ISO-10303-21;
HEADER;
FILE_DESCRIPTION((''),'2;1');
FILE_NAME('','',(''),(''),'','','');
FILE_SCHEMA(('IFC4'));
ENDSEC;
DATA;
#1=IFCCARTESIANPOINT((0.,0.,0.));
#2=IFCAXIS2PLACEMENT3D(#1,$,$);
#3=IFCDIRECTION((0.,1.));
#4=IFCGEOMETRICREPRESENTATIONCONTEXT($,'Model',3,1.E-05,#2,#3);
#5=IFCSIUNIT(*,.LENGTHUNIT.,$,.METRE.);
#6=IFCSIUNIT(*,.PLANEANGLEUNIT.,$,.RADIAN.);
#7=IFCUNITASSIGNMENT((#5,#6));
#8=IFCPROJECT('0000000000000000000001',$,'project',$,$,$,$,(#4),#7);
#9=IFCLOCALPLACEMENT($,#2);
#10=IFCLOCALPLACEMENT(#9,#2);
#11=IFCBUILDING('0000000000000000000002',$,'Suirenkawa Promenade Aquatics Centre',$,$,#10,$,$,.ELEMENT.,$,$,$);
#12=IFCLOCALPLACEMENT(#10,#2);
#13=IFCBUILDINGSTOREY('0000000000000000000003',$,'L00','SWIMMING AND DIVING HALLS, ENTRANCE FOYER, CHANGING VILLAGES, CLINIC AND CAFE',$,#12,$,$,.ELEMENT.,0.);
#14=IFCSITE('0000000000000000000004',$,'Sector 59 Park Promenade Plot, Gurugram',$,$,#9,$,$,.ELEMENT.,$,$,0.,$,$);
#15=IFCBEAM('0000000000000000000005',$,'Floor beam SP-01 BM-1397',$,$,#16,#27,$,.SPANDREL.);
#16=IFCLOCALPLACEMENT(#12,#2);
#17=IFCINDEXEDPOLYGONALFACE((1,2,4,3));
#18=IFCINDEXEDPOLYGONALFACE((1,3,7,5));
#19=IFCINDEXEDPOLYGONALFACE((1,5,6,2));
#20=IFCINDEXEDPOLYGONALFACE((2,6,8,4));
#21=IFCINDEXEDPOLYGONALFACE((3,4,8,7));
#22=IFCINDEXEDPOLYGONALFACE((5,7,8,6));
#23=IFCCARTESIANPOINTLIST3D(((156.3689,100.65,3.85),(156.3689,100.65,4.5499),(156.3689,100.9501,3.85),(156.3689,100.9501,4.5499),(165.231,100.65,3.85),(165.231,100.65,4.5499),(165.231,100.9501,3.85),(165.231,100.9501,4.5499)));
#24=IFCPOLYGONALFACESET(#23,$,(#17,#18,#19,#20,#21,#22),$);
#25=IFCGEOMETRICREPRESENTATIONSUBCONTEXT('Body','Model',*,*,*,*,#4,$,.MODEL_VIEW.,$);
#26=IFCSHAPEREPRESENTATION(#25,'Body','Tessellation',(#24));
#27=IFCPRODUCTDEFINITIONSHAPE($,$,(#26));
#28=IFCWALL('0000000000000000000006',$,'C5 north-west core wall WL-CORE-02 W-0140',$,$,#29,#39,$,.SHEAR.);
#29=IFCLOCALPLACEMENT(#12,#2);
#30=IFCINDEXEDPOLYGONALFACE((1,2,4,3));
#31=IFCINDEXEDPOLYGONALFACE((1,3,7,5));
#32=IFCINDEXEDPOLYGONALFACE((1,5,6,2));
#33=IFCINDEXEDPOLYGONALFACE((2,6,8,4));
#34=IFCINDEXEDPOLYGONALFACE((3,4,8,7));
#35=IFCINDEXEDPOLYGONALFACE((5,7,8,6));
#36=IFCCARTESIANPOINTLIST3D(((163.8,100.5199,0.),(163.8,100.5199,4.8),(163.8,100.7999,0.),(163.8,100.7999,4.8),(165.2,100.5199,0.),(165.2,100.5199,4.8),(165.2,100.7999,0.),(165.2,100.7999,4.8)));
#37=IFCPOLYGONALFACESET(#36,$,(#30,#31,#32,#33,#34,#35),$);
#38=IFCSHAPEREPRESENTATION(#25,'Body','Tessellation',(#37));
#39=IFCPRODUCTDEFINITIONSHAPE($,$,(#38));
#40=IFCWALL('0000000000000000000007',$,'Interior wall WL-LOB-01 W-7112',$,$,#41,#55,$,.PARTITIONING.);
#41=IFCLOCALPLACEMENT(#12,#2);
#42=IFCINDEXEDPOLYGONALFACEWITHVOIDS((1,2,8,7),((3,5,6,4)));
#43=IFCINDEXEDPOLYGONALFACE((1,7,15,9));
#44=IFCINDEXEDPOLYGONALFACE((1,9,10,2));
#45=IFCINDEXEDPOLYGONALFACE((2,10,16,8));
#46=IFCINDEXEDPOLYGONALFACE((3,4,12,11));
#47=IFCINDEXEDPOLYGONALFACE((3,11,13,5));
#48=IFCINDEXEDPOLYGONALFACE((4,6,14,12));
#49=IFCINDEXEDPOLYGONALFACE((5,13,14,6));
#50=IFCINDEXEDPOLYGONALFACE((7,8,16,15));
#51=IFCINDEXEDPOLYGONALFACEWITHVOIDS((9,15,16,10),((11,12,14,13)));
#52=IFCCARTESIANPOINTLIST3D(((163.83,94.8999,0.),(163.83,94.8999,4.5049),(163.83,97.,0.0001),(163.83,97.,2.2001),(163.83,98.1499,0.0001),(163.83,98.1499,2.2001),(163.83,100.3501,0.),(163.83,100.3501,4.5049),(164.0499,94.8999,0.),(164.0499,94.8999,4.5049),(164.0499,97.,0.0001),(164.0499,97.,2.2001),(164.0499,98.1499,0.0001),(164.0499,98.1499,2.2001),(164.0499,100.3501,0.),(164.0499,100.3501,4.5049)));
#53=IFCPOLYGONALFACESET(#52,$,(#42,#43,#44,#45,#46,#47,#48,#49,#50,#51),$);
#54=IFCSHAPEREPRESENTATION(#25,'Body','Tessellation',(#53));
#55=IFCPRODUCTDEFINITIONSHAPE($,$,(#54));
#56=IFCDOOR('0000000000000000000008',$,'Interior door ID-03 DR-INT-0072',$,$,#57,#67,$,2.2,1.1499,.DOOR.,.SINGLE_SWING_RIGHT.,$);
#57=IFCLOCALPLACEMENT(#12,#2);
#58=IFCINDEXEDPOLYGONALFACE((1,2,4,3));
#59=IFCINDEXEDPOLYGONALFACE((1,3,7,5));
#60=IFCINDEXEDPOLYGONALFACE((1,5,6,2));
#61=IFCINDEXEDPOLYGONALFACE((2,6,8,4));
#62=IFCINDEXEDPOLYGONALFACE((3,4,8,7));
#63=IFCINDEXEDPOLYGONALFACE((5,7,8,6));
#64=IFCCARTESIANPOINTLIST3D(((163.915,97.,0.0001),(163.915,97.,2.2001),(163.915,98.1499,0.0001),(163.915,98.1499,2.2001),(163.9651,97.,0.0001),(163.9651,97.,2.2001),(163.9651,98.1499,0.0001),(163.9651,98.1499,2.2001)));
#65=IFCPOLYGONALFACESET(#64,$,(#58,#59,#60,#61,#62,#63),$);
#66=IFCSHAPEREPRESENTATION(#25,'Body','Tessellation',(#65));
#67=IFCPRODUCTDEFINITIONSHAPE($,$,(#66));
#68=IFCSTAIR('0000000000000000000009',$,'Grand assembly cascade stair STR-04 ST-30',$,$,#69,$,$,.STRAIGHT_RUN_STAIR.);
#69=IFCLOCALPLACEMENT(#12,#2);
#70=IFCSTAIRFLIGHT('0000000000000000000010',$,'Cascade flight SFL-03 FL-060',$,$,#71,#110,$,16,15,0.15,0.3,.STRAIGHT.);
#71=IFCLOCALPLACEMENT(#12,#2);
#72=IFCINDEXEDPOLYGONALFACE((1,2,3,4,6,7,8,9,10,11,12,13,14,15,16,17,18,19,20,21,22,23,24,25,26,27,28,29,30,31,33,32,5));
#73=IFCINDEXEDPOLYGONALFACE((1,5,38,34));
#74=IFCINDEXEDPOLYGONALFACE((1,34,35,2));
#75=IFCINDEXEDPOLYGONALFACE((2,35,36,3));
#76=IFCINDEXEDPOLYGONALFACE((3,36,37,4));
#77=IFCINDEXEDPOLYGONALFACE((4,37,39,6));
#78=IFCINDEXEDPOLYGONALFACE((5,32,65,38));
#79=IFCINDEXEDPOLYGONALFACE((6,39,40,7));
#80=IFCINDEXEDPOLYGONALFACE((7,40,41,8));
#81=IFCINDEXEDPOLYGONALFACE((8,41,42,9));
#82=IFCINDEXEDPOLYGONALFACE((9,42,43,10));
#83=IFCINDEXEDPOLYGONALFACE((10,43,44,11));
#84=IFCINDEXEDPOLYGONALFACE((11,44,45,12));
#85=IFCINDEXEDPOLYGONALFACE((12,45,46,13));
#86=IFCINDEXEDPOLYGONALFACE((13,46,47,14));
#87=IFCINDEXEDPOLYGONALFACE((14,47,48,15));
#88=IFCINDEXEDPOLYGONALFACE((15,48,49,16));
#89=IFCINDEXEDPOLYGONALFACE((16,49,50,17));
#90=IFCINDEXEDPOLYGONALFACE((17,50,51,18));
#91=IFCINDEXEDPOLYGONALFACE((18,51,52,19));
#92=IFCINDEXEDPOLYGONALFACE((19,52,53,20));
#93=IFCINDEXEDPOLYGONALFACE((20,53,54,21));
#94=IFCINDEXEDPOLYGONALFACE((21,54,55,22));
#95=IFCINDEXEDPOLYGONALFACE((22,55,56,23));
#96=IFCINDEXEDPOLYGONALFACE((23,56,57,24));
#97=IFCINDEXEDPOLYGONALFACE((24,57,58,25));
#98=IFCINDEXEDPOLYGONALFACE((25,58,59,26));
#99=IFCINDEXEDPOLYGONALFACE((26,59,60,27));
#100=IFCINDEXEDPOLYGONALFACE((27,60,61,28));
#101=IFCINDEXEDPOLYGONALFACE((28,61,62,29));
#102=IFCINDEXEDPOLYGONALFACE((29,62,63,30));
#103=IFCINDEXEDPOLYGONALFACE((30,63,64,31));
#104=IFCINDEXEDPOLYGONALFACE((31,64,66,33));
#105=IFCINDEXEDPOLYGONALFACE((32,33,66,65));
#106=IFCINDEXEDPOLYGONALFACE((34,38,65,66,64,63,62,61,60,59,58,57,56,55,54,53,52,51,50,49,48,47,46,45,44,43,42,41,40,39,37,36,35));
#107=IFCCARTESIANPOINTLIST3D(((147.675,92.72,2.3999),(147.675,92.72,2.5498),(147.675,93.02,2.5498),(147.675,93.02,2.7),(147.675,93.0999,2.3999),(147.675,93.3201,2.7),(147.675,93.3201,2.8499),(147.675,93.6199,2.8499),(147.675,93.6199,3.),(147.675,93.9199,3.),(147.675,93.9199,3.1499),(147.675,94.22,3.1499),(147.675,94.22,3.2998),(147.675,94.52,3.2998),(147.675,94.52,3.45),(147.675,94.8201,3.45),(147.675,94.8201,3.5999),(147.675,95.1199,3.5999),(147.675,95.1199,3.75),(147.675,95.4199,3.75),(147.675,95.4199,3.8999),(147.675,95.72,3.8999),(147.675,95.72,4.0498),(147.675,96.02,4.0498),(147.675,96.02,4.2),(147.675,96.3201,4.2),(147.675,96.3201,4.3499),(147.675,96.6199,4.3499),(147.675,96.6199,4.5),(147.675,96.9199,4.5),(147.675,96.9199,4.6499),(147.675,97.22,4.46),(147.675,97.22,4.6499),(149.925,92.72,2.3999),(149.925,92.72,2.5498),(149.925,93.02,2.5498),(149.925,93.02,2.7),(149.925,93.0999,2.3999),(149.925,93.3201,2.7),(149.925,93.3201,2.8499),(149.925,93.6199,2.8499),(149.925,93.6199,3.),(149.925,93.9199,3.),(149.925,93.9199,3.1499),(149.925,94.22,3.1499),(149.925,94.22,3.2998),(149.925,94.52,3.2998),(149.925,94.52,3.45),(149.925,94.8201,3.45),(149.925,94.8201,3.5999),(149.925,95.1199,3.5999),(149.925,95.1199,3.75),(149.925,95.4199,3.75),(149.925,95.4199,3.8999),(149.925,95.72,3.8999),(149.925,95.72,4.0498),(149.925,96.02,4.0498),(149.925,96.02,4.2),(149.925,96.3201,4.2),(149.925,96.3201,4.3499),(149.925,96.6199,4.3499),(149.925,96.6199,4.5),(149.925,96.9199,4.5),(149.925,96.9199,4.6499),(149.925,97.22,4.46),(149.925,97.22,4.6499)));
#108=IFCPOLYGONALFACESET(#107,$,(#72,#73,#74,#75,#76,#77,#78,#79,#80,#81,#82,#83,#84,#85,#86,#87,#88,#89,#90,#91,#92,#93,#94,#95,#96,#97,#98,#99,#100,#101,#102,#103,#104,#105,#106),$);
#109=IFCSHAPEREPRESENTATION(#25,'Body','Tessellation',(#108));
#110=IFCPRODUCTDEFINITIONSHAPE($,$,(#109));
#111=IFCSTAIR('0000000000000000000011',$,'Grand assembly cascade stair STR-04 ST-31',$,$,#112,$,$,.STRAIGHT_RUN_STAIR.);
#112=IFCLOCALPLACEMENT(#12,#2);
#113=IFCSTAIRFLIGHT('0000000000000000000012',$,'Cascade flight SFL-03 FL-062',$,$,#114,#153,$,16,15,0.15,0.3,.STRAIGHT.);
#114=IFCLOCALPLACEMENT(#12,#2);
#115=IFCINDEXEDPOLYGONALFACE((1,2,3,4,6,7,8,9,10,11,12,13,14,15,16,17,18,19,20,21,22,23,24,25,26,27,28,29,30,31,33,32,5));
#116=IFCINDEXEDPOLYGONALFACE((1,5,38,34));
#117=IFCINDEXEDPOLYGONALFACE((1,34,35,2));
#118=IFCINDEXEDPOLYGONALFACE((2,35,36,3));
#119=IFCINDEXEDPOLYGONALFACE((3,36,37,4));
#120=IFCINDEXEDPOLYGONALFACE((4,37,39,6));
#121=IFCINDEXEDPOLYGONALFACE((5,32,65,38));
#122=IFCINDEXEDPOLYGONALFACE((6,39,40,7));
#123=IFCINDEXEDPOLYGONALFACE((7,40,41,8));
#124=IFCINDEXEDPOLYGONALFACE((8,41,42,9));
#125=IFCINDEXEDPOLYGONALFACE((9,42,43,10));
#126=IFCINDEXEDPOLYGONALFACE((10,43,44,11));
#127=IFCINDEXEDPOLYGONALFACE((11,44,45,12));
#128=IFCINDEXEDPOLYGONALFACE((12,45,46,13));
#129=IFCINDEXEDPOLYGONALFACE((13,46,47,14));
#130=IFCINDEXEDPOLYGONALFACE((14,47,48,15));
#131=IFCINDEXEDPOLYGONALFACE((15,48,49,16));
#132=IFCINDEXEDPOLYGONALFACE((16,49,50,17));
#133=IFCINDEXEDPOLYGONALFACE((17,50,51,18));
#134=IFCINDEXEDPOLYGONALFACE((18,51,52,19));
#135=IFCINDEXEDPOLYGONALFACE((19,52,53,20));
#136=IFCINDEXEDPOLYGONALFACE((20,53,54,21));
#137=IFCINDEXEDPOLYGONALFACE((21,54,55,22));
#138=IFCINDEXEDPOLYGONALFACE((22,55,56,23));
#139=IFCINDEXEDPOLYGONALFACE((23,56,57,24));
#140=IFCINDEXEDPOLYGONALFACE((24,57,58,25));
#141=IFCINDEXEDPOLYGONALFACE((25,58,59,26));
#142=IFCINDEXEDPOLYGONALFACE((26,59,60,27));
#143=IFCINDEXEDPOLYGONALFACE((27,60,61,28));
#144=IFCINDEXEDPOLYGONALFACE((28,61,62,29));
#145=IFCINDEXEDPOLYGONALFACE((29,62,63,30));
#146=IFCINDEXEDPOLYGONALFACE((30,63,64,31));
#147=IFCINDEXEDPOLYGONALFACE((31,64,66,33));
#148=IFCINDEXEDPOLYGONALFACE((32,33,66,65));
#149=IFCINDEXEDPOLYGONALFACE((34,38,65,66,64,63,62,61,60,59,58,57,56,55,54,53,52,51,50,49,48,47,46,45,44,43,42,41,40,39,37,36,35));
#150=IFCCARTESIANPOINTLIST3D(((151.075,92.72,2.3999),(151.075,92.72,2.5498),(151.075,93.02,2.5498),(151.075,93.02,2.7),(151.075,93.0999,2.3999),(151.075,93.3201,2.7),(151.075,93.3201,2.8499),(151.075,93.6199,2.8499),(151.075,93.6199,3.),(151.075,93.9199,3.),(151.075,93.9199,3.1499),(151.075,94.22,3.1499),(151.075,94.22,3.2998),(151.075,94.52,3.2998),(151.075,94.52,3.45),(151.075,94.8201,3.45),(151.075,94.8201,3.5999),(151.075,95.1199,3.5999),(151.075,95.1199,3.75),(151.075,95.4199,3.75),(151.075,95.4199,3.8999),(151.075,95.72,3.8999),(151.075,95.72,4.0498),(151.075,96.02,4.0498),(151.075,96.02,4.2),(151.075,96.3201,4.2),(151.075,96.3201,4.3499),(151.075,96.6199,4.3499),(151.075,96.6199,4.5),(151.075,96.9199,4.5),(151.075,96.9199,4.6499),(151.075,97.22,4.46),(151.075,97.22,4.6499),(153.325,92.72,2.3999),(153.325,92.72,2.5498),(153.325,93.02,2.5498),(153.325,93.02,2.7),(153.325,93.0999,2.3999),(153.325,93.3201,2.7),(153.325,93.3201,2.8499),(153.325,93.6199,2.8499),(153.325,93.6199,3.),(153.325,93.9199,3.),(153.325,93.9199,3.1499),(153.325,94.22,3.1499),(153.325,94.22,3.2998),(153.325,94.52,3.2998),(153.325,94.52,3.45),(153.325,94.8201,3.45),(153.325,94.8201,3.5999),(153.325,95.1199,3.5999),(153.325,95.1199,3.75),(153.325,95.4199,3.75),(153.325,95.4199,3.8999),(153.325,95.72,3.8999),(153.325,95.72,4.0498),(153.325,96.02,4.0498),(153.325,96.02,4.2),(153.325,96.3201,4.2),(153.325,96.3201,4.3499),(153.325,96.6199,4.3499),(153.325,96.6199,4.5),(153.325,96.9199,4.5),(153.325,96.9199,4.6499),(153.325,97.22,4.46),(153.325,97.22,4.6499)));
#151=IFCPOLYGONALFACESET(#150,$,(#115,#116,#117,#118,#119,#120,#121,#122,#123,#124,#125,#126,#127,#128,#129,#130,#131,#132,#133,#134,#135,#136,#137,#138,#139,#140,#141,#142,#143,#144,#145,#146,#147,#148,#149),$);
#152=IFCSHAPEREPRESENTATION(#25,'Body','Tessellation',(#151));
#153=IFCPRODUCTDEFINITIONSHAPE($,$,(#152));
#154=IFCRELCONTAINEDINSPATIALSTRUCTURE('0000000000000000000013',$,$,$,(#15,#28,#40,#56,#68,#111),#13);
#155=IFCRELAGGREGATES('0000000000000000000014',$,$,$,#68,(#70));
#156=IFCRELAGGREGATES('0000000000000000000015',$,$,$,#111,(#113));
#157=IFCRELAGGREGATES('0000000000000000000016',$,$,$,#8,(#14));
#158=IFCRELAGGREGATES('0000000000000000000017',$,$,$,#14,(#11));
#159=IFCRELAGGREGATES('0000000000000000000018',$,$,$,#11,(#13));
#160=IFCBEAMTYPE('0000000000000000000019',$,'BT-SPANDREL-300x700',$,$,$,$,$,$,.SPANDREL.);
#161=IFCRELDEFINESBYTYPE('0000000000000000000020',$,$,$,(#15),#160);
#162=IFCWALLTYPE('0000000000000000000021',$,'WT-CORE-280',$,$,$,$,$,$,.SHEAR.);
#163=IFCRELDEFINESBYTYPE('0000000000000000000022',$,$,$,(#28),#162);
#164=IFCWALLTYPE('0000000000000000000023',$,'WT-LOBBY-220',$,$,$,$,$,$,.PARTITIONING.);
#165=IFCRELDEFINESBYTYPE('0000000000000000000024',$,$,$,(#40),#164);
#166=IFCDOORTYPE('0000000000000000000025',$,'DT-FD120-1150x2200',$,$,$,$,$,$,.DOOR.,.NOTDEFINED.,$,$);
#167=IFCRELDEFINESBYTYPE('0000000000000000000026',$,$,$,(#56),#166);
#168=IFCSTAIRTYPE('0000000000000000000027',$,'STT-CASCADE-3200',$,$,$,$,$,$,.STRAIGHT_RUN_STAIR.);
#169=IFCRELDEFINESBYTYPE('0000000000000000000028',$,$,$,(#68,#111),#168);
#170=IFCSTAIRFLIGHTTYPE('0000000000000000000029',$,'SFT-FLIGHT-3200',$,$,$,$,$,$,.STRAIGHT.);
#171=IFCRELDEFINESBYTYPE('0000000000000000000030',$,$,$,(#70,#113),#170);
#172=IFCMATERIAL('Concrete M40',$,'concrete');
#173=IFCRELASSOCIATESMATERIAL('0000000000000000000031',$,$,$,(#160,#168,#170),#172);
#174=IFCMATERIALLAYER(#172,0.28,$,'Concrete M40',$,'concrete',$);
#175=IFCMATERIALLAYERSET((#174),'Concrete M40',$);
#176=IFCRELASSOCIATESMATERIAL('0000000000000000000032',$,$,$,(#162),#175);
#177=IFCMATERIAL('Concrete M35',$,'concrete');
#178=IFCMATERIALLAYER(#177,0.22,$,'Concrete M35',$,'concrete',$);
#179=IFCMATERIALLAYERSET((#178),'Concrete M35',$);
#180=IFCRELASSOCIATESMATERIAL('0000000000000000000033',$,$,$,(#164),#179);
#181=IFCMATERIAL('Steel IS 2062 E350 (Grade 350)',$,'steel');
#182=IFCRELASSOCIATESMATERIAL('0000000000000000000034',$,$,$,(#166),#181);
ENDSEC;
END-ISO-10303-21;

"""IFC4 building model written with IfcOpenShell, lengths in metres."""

from ifc_helpers import new_model, si_unit, direction, frame, frame_2d, origin, origin_2d, place, context, subcontext, project, spatial, polyline, rectangle, outline, extrude, material, layer, layer_set, material_profile, profile_set, type_object, element, fill, aggregate, save


model = new_model("IFC4")

# Units and contexts
model_context = context("Model", 3, precision=1e-05, world=origin(), true_north=direction((0.0, 1.0)))
body_context = subcontext(model_context, "Body", "Model", "MODEL_VIEW")
ifc_project = project(units=[si_unit("LENGTHUNIT", "METRE"), si_unit("PLANEANGLEUNIT", "RADIAN")], contexts=[model_context])

# Site, building, storey
site_placement = place(None, origin())
site = spatial("IfcSite", under=ifc_project, at=site_placement, Name="Sector 59 Park Promenade Plot, Gurugram", CompositionType="ELEMENT", RefElevation=0.0)
building_placement = place(site_placement, origin())
building = spatial("IfcBuilding", under=site, at=building_placement, Name="Suirenkawa Promenade Aquatics Centre", CompositionType="ELEMENT")
storey_placement = place(building_placement, origin())
storey = spatial("IfcBuildingStorey", under=building, at=storey_placement, Name="L00", Description="SWIMMING AND DIVING HALLS, ENTRANCE FOYER, CHANGING VILLAGES, CLINIC AND CAFE", CompositionType="ELEMENT", Elevation=0.0)

# Shared definitions
ifc_material_1 = material(Name="Concrete M40", Category="concrete")

# Beam
ifc_material_profile_1 = material_profile(ifc_material_1, rectangle(XDim=0.3, YDim=0.7, at=origin_2d()), Name="RC SPANDREL 300x700", Category="concrete")
ifc_profile_set_1 = profile_set([ifc_material_profile_1], Name="Concrete M40")
beam_type = type_object("IfcBeamType", Name="BT-SPANDREL-300x700", PredefinedType="SPANDREL", material=ifc_profile_set_1)
beam_1_placement = place(storey_placement, frame((156.3689, 100.8, 4.2), z_axis=(1.0, 0.0, 0.0), x_axis=(0.0, 1.0, 0.0)))
element("IfcBeam", 1, at=beam_1_placement, inside=storey, type_object=beam_type, Name="Floor beam SP-01 BM-1397", PredefinedType="SPANDREL", context=body_context, shape_type="SweptSolid", body=[
    extrude(rectangle(XDim=0.3, YDim=0.7, at=origin_2d()), origin(), (0.0, 0.0, 1.0), 8.8621),
])

# Wall
ifc_layer_1 = layer(ifc_material_1, 0.28, Name="Concrete M40", Category="concrete")
ifc_layer_set_1 = layer_set([ifc_layer_1], Name="Concrete M40")
wall_type_1 = type_object("IfcWallType", Name="WT-CORE-280", PredefinedType="SHEAR", material=ifc_layer_set_1)
wall_1_placement = place(storey_placement, frame((163.8, 100.6599, 0.0), z_axis=(0.0, 0.0, 1.0), x_axis=(1.0, 0.0, 0.0)))
element("IfcWall", 2, at=wall_1_placement, inside=storey, type_object=wall_type_1, Name="C5 north-west core wall WL-CORE-02 W-0140", PredefinedType="SHEAR", context=body_context, shape_type="SweptSolid", body=[
    extrude(rectangle(XDim=1.3999, YDim=0.28, at=frame_2d((0.7, 0.0))), origin(), (0.0, 0.0, 1.0), 4.8),
])

# Wall, opening, door
ifc_material_2 = material(Name="Concrete M35", Category="concrete")
ifc_layer_2 = layer(ifc_material_2, 0.22, Name="Concrete M35", Category="concrete")
ifc_layer_set_2 = layer_set([ifc_layer_2], Name="Concrete M35")
wall_type_2 = type_object("IfcWallType", Name="WT-LOBBY-220", PredefinedType="PARTITIONING", material=ifc_layer_set_2)
wall_2_placement = place(storey_placement, frame((163.9399, 94.8999, 0.0), z_axis=(0.0, 0.0, 1.0), x_axis=(0.0, 1.0, 0.0)))
wall_2 = element("IfcWall", 3, at=wall_2_placement, inside=storey, type_object=wall_type_2, Name="Interior wall WL-LOB-01 W-7112", PredefinedType="PARTITIONING", context=body_context, shape_type="SweptSolid", body=[
    extrude(rectangle(XDim=5.4502, YDim=0.22, at=frame_2d((2.7251, 0.0))), origin(), (0.0, 0.0, 1.0), 4.5049),
])
opening_1_placement = place(wall_2_placement, frame((2.1001, 0.0, 0.0)))
opening_1 = element("IfcOpeningElement", 4, at=opening_1_placement, cuts=wall_2, PredefinedType="OPENING", context=body_context, shape_type="SweptSolid", body=[
    extrude(rectangle(XDim=1.1499, YDim=2.2, at=frame_2d((0.575, 1.1001))), frame((0.0, 0.1199, 0.0), z_axis=(0.0, -1.0, 0.0), x_axis=(1.0, 0.0, 0.0)), (0.0, 0.0, 1.0), 0.24),
])
ifc_material_3 = material(Name="Steel IS 2062 E350 (Grade 350)", Category="steel")
door_type_1 = type_object("IfcDoorType", Name="DT-FD120-1150x2200", OperationType="NOTDEFINED", PredefinedType="DOOR", material=ifc_material_3)
door_1_placement = place(opening_1_placement, origin())
door_1 = element("IfcDoor", 5, at=door_1_placement, inside=storey, type_object=door_type_1, Name="Interior door ID-03 DR-INT-0072", OperationType="SINGLE_SWING_RIGHT", OverallHeight=2.2, OverallWidth=1.1499, PredefinedType="DOOR", context=body_context, shape_type="SweptSolid", body=[
    extrude(rectangle(XDim=1.1499, YDim=2.2, at=frame_2d((0.575, 1.1001))), frame((0.0, 0.0249, 0.0), z_axis=(0.0, -1.0, 0.0), x_axis=(1.0, 0.0, 0.0)), (0.0, 0.0, 1.0), 0.05),
])
fill(opening_1, door_1)

# Stairs, stair flights
stair_type = type_object("IfcStairType", Name="STT-CASCADE-3200", PredefinedType="STRAIGHT_RUN_STAIR", material=ifc_material_1)
stair_1_placement = place(storey_placement, origin())
stair_1 = element("IfcStair", 6, at=stair_1_placement, inside=storey, type_object=stair_type, Name="Grand assembly cascade stair STR-04 ST-30", PredefinedType="STRAIGHT_RUN_STAIR")
stair_flight_type = type_object("IfcStairFlightType", Name="SFT-FLIGHT-3200", PredefinedType="STRAIGHT", material=ifc_material_1)
stair_flight_1_placement = place(storey_placement, frame((148.8, 92.72, 2.3999), z_axis=(0.0, 0.0, 1.0), x_axis=(0.0, 1.0, 0.0)))
stair_flight_1 = element("IfcStairFlight", 7, at=stair_flight_1_placement, type_object=stair_flight_type, Name="Cascade flight SFL-03 FL-060", NumberOfRisers=16, NumberOfTreads=15, PredefinedType="STRAIGHT", RiserHeight=0.15, TreadLength=0.3, context=body_context, shape_type="SweptSolid", body=[
    extrude(outline(polyline([(0.0, 0.0), (0.0, 0.1499), (0.3, 0.1499), (0.3, 0.3), (0.6001, 0.3), (0.6001, 0.45), (0.8999, 0.45), (0.8999, 0.6001), (1.2, 0.6001), (1.2, 0.75), (1.5, 0.75), (1.5, 0.8999), (1.8, 0.8999), (1.8, 1.05), (2.1001, 1.05), (2.1001, 1.2), (2.3999, 1.2), (2.3999, 1.3501), (2.7, 1.3501), (2.7, 1.5), (3.0, 1.5), (3.0, 1.6499), (3.3, 1.6499), (3.3, 1.8), (3.6001, 1.8), (3.6001, 1.95), (3.8999, 1.95), (3.8999, 2.1001), (4.2, 2.1001), (4.2, 2.25), (4.5, 2.25), (4.5, 2.3999), (4.5, 2.0601), (0.3799, 0.0), (0.0, 0.0)])), frame((0.0, 1.125, 0.0), z_axis=(0.0, -1.0, 0.0), x_axis=(1.0, 0.0, 0.0)), (0.0, 0.0, 1.0), 2.25),
])
aggregate(stair_1, [stair_flight_1])
stair_2_placement = place(storey_placement, origin())
stair_2 = element("IfcStair", 8, at=stair_2_placement, inside=storey, type_object=stair_type, Name="Grand assembly cascade stair STR-04 ST-31", PredefinedType="STRAIGHT_RUN_STAIR")
stair_flight_2_placement = place(storey_placement, frame((152.2, 92.72, 2.3999), z_axis=(0.0, 0.0, 1.0), x_axis=(0.0, 1.0, 0.0)))
stair_flight_2 = element("IfcStairFlight", 9, at=stair_flight_2_placement, type_object=stair_flight_type, Name="Cascade flight SFL-03 FL-062", NumberOfRisers=16, NumberOfTreads=15, PredefinedType="STRAIGHT", RiserHeight=0.15, TreadLength=0.3, context=body_context, shape_type="SweptSolid", body=[
    extrude(outline(polyline([(0.0, 0.0), (0.0, 0.1499), (0.3, 0.1499), (0.3, 0.3), (0.6001, 0.3), (0.6001, 0.45), (0.8999, 0.45), (0.8999, 0.6001), (1.2, 0.6001), (1.2, 0.75), (1.5, 0.75), (1.5, 0.8999), (1.8, 0.8999), (1.8, 1.05), (2.1001, 1.05), (2.1001, 1.2), (2.3999, 1.2), (2.3999, 1.3501), (2.7, 1.3501), (2.7, 1.5), (3.0, 1.5), (3.0, 1.6499), (3.3, 1.6499), (3.3, 1.8), (3.6001, 1.8), (3.6001, 1.95), (3.8999, 1.95), (3.8999, 2.1001), (4.2, 2.1001), (4.2, 2.25), (4.5, 2.25), (4.5, 2.3999), (4.5, 2.0601), (0.3799, 0.0), (0.0, 0.0)])), frame((0.0, 1.125, 0.0), z_axis=(0.0, -1.0, 0.0), x_axis=(1.0, 0.0, 0.0)), (0.0, 0.0, 1.0), 2.25),
])
aggregate(stair_2, [stair_flight_2])

save(model, "model.ifc")
